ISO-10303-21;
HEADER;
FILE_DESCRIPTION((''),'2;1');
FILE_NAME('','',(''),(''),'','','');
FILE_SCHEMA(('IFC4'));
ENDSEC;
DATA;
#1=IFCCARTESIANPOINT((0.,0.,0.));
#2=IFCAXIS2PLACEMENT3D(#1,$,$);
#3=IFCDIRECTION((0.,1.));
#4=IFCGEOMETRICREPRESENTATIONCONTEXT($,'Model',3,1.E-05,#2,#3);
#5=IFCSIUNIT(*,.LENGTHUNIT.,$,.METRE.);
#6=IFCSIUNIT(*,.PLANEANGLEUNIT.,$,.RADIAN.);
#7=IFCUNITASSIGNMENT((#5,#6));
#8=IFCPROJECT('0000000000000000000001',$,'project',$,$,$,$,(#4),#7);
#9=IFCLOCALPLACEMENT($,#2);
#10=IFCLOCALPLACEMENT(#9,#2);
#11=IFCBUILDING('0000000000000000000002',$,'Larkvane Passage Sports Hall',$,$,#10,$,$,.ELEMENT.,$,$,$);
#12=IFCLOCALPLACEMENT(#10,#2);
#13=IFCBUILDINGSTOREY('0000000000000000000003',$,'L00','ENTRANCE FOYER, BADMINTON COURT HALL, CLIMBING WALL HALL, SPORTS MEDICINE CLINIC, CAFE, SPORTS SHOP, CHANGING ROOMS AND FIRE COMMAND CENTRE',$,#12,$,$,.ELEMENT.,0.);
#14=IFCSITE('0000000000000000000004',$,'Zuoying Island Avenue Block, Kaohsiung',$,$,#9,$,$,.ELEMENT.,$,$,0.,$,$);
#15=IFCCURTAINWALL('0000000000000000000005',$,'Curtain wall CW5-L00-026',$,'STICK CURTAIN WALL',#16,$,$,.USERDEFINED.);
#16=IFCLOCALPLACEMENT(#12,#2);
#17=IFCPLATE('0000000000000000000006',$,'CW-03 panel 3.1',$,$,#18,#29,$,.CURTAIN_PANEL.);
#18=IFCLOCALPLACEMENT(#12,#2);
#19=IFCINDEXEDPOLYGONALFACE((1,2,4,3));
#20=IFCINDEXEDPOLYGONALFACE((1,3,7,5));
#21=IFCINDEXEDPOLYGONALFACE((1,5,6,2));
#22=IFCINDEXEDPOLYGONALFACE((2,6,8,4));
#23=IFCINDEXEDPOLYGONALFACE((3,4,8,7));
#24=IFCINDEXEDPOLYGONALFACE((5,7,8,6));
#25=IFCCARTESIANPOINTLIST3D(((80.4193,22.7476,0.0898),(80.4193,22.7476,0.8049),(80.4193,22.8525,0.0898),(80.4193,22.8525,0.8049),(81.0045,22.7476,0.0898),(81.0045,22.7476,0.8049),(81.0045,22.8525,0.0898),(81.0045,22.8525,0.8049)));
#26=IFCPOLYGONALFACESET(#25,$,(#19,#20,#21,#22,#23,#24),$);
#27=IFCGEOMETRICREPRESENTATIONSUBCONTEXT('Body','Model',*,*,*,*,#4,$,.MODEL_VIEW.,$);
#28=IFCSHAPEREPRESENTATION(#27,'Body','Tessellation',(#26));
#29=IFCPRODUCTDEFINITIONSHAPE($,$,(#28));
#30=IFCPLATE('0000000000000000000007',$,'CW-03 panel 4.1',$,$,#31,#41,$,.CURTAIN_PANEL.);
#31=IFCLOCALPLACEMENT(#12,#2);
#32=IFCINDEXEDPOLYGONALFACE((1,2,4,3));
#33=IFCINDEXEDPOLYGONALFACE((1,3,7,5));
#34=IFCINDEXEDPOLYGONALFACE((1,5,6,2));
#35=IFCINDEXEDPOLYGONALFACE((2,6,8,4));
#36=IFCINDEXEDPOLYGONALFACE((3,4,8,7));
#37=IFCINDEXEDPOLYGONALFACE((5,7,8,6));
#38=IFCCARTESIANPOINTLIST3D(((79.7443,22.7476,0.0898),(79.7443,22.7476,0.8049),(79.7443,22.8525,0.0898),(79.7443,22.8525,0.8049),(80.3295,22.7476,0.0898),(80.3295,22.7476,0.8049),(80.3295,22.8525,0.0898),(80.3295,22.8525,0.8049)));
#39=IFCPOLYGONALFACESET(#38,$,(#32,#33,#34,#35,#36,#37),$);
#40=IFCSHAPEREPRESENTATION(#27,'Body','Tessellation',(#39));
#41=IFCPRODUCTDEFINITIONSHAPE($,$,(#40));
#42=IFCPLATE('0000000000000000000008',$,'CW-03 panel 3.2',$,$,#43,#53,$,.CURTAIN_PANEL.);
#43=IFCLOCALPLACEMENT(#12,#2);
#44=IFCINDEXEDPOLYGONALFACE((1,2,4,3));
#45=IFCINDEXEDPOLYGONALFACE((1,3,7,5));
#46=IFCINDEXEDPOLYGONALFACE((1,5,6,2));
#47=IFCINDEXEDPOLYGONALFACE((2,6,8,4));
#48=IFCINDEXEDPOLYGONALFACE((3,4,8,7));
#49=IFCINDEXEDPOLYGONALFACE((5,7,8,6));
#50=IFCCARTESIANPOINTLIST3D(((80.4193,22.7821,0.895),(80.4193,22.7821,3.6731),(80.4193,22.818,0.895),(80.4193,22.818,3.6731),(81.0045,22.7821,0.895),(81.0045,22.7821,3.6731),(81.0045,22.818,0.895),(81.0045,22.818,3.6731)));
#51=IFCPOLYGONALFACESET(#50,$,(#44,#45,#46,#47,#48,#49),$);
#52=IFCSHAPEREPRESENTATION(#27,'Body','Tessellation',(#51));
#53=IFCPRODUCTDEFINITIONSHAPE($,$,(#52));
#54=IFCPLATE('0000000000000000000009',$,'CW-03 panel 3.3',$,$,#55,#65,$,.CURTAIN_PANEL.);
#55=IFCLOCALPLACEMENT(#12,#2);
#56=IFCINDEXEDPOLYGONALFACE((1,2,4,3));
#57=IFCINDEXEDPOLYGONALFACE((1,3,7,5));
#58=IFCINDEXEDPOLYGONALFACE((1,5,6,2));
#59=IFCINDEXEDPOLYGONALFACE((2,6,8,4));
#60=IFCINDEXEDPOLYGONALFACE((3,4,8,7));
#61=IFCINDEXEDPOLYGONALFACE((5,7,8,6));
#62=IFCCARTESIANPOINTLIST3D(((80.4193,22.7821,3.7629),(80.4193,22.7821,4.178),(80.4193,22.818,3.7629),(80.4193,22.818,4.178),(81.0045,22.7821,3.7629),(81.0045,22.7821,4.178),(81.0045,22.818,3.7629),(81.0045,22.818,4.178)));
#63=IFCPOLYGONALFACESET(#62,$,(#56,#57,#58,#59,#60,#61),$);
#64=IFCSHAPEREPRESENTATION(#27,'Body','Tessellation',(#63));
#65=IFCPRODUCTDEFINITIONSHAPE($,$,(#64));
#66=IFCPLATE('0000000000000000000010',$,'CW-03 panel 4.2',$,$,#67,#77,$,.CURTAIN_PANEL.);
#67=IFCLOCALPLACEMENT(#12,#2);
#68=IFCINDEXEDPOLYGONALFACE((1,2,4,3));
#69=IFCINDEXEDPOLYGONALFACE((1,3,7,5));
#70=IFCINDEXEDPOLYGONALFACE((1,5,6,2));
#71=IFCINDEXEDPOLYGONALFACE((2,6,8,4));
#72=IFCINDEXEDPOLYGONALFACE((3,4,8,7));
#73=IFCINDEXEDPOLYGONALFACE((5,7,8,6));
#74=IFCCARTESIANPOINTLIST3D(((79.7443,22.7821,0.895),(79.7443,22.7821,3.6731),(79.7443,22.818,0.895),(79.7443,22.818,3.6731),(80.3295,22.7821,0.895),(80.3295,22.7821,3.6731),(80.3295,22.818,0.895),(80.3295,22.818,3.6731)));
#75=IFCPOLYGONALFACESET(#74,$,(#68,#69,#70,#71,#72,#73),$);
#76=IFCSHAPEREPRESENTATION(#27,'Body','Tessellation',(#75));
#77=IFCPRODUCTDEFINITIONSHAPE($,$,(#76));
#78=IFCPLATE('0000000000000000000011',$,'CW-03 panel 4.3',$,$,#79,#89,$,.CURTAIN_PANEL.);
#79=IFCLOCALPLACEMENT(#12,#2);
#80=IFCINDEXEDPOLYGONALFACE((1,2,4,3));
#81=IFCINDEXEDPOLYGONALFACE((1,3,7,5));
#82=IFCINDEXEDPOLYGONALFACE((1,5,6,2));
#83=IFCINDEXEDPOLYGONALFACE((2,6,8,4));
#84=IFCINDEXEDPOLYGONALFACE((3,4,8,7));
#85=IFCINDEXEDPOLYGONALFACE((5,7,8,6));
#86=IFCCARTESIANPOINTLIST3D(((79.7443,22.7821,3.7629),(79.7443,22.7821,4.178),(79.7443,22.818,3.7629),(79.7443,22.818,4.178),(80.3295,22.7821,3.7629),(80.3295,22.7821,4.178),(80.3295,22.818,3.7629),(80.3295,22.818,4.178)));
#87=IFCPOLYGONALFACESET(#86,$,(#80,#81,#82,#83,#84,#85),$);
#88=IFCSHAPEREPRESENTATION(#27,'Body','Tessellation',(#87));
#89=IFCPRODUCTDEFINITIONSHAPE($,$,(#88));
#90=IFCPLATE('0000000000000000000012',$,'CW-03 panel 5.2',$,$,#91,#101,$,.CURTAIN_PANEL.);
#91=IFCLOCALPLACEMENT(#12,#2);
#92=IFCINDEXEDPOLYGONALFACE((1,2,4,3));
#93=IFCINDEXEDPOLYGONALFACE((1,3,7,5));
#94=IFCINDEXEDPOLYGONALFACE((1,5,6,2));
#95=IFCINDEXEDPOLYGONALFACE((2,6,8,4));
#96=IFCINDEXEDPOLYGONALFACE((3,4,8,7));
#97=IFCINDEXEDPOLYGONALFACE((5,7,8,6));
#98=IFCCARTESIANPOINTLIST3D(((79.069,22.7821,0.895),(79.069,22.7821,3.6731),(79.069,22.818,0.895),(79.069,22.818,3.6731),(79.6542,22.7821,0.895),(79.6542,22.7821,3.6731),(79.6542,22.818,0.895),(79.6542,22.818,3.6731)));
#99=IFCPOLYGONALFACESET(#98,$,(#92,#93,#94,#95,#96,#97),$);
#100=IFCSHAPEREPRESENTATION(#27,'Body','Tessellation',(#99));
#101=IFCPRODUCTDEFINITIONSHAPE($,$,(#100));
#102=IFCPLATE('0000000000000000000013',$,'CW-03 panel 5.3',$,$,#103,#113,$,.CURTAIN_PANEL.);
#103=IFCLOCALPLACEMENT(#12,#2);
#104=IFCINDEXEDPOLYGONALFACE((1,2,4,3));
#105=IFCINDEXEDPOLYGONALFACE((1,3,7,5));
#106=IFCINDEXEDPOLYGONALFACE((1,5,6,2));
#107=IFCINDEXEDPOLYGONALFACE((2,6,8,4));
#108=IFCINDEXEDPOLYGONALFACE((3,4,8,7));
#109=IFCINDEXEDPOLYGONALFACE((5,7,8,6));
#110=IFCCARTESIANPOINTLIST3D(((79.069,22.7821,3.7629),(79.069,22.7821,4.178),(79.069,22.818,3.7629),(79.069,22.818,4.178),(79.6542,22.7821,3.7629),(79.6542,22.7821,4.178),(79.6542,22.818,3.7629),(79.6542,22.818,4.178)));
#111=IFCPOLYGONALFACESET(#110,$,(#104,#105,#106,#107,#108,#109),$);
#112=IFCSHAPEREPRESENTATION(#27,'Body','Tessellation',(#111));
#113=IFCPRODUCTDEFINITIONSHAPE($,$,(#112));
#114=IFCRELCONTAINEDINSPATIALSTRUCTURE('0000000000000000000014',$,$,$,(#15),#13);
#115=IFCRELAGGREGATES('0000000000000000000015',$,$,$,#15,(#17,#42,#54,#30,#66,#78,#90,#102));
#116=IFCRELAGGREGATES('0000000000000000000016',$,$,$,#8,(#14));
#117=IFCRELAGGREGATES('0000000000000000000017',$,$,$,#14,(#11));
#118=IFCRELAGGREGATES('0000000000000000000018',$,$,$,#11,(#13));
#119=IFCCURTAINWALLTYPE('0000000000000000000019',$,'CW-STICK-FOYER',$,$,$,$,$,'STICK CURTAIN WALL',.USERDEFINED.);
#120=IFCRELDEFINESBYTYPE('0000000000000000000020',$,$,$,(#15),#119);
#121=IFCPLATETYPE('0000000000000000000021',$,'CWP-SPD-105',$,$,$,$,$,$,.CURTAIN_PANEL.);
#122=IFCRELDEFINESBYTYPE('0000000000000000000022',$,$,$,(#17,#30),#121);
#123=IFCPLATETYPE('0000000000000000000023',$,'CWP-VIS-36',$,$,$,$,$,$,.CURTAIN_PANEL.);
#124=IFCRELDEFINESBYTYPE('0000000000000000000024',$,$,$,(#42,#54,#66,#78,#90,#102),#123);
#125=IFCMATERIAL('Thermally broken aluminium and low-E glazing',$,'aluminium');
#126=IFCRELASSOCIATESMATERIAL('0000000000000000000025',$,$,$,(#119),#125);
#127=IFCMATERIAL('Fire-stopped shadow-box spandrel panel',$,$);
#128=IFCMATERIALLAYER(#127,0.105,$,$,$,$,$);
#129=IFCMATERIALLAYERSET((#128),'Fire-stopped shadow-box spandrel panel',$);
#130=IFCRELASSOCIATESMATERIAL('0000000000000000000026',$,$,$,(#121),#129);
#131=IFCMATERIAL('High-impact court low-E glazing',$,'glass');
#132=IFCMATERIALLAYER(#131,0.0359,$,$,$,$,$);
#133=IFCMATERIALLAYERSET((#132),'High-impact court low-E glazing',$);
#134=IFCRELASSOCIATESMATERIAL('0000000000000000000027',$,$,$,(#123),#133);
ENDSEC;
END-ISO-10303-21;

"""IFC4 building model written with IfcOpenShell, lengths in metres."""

from ifc_helpers import new_model, si_unit, direction, frame, origin, origin_2d, place, context, subcontext, project, spatial, rectangle, extrude, material, layer, layer_set, type_object, element, aggregate, save


model = new_model("IFC4")

# Units and contexts
model_context = context("Model", 3, precision=1e-05, world=origin(), true_north=direction((0.0, 1.0)))
body_context = subcontext(model_context, "Body", "Model", "MODEL_VIEW")
ifc_project = project(units=[si_unit("LENGTHUNIT", "METRE"), si_unit("PLANEANGLEUNIT", "RADIAN")], contexts=[model_context])

# Site, building, storey
site_placement = place(None, origin())
site = spatial("IfcSite", under=ifc_project, at=site_placement, Name="Zuoying Island Avenue Block, Kaohsiung", CompositionType="ELEMENT", RefElevation=0.0)
building_placement = place(site_placement, origin())
building = spatial("IfcBuilding", under=site, at=building_placement, Name="Larkvane Passage Sports Hall", CompositionType="ELEMENT")
storey_placement = place(building_placement, origin())
storey = spatial("IfcBuildingStorey", under=building, at=storey_placement, Name="L00", Description="ENTRANCE FOYER, BADMINTON COURT HALL, CLIMBING WALL HALL, SPORTS MEDICINE CLINIC, CAFE, SPORTS SHOP, CHANGING ROOMS AND FIRE COMMAND CENTRE", CompositionType="ELEMENT", Elevation=0.0)

# Curtain wall, plates
ifc_material_1 = material(Name="Thermally broken aluminium and low-E glazing", Category="aluminium")
curtain_wall_type = type_object("IfcCurtainWallType", Name="CW-STICK-FOYER", ElementType="STICK CURTAIN WALL", PredefinedType="USERDEFINED", material=ifc_material_1)
curtain_wall_placement = place(storey_placement, origin())
curtain_wall = element("IfcCurtainWall", 1, at=curtain_wall_placement, inside=storey, type_object=curtain_wall_type, Name="Curtain wall CW5-L00-026", ObjectType="STICK CURTAIN WALL", PredefinedType="USERDEFINED")
ifc_material_2 = material(Name="Fire-stopped shadow-box spandrel panel")
ifc_layer_1 = layer(ifc_material_2, 0.105)
ifc_layer_set_1 = layer_set([ifc_layer_1], Name="Fire-stopped shadow-box spandrel panel")
plate_type_1 = type_object("IfcPlateType", Name="CWP-SPD-105", PredefinedType="CURTAIN_PANEL", material=ifc_layer_set_1)
plate_1_placement = place(storey_placement, frame((80.7119, 22.8, 0.0898), z_axis=(0.0, 0.0, 1.0), x_axis=(-1.0, 0.0, 0.0)))
plate_1 = element("IfcPlate", 2, at=plate_1_placement, type_object=plate_type_1, Name="CW-03 panel 3.1", PredefinedType="CURTAIN_PANEL", context=body_context, shape_type="SweptSolid", body=[
    extrude(rectangle(XDim=0.5852, YDim=0.105, at=origin_2d()), origin(), (0.0, 0.0, 1.0), 0.7151),
])
plate_2_placement = place(storey_placement, frame((80.0369, 22.8, 0.0898), z_axis=(0.0, 0.0, 1.0), x_axis=(-1.0, 0.0, 0.0)))
plate_2 = element("IfcPlate", 3, at=plate_2_placement, type_object=plate_type_1, Name="CW-03 panel 4.1", PredefinedType="CURTAIN_PANEL", context=body_context, shape_type="SweptSolid", body=[
    extrude(rectangle(XDim=0.5852, YDim=0.105, at=origin_2d()), origin(), (0.0, 0.0, 1.0), 0.7151),
])
ifc_material_3 = material(Name="High-impact court low-E glazing", Category="glass")
ifc_layer_2 = layer(ifc_material_3, 0.0359)
ifc_layer_set_2 = layer_set([ifc_layer_2], Name="High-impact court low-E glazing")
plate_type_2 = type_object("IfcPlateType", Name="CWP-VIS-36", PredefinedType="CURTAIN_PANEL", material=ifc_layer_set_2)
plate_3_placement = place(storey_placement, frame((80.7119, 22.8, 0.895), z_axis=(0.0, 0.0, 1.0), x_axis=(-1.0, 0.0, 0.0)))
plate_3 = element("IfcPlate", 4, at=plate_3_placement, type_object=plate_type_2, Name="CW-03 panel 3.2", PredefinedType="CURTAIN_PANEL", context=body_context, shape_type="SweptSolid", body=[
    extrude(rectangle(XDim=0.5852, YDim=0.0359, at=origin_2d()), origin(), (0.0, 0.0, 1.0), 2.7781),
])
plate_4_placement = place(storey_placement, frame((80.7119, 22.8, 3.7629), z_axis=(0.0, 0.0, 1.0), x_axis=(-1.0, 0.0, 0.0)))
plate_4 = element("IfcPlate", 5, at=plate_4_placement, type_object=plate_type_2, Name="CW-03 panel 3.3", PredefinedType="CURTAIN_PANEL", context=body_context, shape_type="SweptSolid", body=[
    extrude(rectangle(XDim=0.5852, YDim=0.0359, at=origin_2d()), origin(), (0.0, 0.0, 1.0), 0.415),
])
plate_5_placement = place(storey_placement, frame((80.0369, 22.8, 0.895), z_axis=(0.0, 0.0, 1.0), x_axis=(-1.0, 0.0, 0.0)))
plate_5 = element("IfcPlate", 6, at=plate_5_placement, type_object=plate_type_2, Name="CW-03 panel 4.2", PredefinedType="CURTAIN_PANEL", context=body_context, shape_type="SweptSolid", body=[
    extrude(rectangle(XDim=0.5852, YDim=0.0359, at=origin_2d()), origin(), (0.0, 0.0, 1.0), 2.7781),
])
plate_6_placement = place(storey_placement, frame((80.0369, 22.8, 3.7629), z_axis=(0.0, 0.0, 1.0), x_axis=(-1.0, 0.0, 0.0)))
plate_6 = element("IfcPlate", 7, at=plate_6_placement, type_object=plate_type_2, Name="CW-03 panel 4.3", PredefinedType="CURTAIN_PANEL", context=body_context, shape_type="SweptSolid", body=[
    extrude(rectangle(XDim=0.5852, YDim=0.0359, at=origin_2d()), origin(), (0.0, 0.0, 1.0), 0.415),
])
plate_7_placement = place(storey_placement, frame((79.3616, 22.8, 0.895), z_axis=(0.0, 0.0, 1.0), x_axis=(-1.0, 0.0, 0.0)))
plate_7 = element("IfcPlate", 8, at=plate_7_placement, type_object=plate_type_2, Name="CW-03 panel 5.2", PredefinedType="CURTAIN_PANEL", context=body_context, shape_type="SweptSolid", body=[
    extrude(rectangle(XDim=0.5852, YDim=0.0359, at=origin_2d()), origin(), (0.0, 0.0, 1.0), 2.7781),
])
plate_8_placement = place(storey_placement, frame((79.3616, 22.8, 3.7629), z_axis=(0.0, 0.0, 1.0), x_axis=(-1.0, 0.0, 0.0)))
plate_8 = element("IfcPlate", 9, at=plate_8_placement, type_object=plate_type_2, Name="CW-03 panel 5.3", PredefinedType="CURTAIN_PANEL", context=body_context, shape_type="SweptSolid", body=[
    extrude(rectangle(XDim=0.5852, YDim=0.0359, at=origin_2d()), origin(), (0.0, 0.0, 1.0), 0.415),
])
aggregate(curtain_wall, [plate_1, plate_3, plate_4, plate_2, plate_5, plate_6, plate_7, plate_8])

save(model, "model.ifc")
